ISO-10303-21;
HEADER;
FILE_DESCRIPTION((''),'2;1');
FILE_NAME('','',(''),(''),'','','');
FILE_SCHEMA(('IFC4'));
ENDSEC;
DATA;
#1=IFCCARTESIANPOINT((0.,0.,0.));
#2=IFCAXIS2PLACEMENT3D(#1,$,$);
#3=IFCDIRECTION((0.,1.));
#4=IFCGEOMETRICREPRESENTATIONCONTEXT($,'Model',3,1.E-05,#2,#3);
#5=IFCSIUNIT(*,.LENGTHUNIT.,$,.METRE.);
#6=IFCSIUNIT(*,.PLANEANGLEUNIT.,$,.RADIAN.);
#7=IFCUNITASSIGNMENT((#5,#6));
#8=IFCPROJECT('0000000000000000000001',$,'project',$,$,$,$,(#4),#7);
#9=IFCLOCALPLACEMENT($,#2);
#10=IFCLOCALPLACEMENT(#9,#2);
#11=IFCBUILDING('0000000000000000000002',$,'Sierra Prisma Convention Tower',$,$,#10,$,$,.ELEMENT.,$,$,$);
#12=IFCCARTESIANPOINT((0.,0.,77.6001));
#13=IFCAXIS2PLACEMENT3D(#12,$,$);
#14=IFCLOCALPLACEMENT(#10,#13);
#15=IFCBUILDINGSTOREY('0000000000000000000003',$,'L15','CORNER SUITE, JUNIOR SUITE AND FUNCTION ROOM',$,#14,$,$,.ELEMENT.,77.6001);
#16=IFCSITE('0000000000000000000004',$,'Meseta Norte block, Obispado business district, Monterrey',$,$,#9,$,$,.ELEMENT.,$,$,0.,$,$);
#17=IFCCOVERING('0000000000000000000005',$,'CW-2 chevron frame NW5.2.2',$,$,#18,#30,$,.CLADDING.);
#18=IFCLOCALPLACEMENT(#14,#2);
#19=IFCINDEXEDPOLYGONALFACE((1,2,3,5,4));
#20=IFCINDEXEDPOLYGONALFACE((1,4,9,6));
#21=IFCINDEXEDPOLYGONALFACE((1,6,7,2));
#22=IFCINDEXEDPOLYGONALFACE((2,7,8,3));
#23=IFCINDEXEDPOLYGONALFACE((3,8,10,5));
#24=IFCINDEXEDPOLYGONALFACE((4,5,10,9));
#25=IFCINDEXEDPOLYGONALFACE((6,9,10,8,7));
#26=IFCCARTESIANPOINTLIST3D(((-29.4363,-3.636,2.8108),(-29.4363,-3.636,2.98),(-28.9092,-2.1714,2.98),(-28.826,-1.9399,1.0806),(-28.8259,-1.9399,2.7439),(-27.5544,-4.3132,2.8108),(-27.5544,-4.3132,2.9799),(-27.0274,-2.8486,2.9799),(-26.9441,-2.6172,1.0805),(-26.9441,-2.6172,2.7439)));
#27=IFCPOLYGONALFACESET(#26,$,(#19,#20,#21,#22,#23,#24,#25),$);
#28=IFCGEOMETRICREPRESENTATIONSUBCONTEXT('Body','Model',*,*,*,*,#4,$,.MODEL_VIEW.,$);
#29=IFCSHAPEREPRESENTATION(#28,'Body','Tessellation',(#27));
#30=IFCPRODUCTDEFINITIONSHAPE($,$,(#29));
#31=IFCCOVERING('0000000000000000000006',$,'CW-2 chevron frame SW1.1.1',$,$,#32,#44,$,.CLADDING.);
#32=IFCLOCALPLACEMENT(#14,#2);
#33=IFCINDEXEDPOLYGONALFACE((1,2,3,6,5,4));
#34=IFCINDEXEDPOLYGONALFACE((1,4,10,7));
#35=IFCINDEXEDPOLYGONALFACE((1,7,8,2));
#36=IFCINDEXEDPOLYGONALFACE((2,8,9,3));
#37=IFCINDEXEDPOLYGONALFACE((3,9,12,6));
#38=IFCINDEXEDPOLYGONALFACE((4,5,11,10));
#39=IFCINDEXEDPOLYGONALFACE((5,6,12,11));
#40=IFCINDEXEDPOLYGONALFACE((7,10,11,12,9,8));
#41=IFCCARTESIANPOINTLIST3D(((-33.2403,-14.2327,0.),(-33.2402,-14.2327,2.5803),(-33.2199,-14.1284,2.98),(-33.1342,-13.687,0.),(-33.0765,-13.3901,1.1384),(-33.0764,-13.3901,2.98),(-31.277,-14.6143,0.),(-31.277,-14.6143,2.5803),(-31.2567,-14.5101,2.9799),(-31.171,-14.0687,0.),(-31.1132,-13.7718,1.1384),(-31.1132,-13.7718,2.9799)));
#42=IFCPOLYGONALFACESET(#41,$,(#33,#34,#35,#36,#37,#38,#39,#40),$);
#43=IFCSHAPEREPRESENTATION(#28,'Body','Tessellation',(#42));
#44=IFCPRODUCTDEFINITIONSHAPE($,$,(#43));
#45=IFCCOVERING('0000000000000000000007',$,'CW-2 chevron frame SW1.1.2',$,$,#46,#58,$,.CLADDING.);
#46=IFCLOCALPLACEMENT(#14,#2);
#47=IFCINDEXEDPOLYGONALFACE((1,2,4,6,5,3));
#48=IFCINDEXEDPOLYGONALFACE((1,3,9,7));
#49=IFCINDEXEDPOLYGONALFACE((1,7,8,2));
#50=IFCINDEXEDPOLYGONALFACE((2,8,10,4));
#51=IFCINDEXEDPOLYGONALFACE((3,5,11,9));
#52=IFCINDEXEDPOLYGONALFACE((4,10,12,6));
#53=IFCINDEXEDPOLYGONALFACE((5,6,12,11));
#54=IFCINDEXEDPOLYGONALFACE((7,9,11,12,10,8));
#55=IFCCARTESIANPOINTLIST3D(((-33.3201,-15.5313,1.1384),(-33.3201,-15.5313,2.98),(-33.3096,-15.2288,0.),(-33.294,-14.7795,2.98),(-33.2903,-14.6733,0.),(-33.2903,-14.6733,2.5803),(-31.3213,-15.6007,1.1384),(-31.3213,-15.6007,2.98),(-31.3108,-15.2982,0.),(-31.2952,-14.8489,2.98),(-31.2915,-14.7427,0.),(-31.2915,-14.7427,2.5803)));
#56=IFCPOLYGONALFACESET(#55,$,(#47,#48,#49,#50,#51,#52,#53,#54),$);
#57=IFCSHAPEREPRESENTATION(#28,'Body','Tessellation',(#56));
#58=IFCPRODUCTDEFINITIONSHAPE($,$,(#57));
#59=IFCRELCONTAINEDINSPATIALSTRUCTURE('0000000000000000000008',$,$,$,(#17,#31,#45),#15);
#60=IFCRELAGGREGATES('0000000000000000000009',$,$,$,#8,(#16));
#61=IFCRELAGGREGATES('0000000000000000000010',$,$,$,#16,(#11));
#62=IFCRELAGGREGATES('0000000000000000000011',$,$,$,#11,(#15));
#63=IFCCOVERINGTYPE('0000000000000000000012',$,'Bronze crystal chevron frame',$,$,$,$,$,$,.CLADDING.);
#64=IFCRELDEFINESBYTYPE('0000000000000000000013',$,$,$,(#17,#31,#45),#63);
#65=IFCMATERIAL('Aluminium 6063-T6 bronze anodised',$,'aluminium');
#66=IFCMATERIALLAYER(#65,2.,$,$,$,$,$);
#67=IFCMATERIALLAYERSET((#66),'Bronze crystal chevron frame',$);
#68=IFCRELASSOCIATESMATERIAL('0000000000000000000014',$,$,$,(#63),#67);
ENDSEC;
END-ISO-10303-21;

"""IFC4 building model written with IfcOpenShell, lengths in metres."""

from ifc_helpers import new_model, si_unit, direction, frame, origin, place, context, subcontext, project, spatial, polyline, outline, extrude, material, layer, layer_set, type_object, element, save


model = new_model("IFC4")

# Units and contexts
model_context = context("Model", 3, precision=1e-05, world=origin(), true_north=direction((0.0, 1.0)))
body_context = subcontext(model_context, "Body", "Model", "MODEL_VIEW")
ifc_project = project(units=[si_unit("LENGTHUNIT", "METRE"), si_unit("PLANEANGLEUNIT", "RADIAN")], contexts=[model_context])

# Site, building, storey
site_placement = place(None, origin())
site = spatial("IfcSite", under=ifc_project, at=site_placement, Name="Meseta Norte block, Obispado business district, Monterrey", CompositionType="ELEMENT", RefElevation=0.0)
building_placement = place(site_placement, origin())
building = spatial("IfcBuilding", under=site, at=building_placement, Name="Sierra Prisma Convention Tower", CompositionType="ELEMENT")
storey_placement = place(building_placement, frame((0.0, 0.0, 77.6001)))
storey = spatial("IfcBuildingStorey", under=building, at=storey_placement, Name="L15", Description="CORNER SUITE, JUNIOR SUITE AND FUNCTION ROOM", CompositionType="ELEMENT", Elevation=77.6001)

# Coverings
ifc_material_1 = material(Name="Aluminium 6063-T6 bronze anodised", Category="aluminium")
ifc_layer_1 = layer(ifc_material_1, 2.0)
ifc_layer_set_1 = layer_set([ifc_layer_1], Name="Bronze crystal chevron frame")
covering_type = type_object("IfcCoveringType", Name="Bronze crystal chevron frame", PredefinedType="CLADDING", material=ifc_layer_set_1)
covering_1_placement = place(storey_placement, frame((-29.4363, -3.636, 2.98), z_axis=(-0.940926, 0.338611, 0.000017), x_axis=(0.338611, 0.940926, 0.0)))
element("IfcCovering", 1, at=covering_1_placement, inside=storey, type_object=covering_type, Name="CW-2 chevron frame NW5.2.2", PredefinedType="CLADDING", context=body_context, shape_type="SweptSolid", body=[
    extrude(outline(polyline([(0.0, 0.0), (1.5566, 0.0), (1.8025, 0.2361), (1.8025, 1.8994), (0.0, 0.1692), (0.0, 0.0)])), origin(), (0.0, 0.0, -1.0), 2.0),
])
covering_2_placement = place(storey_placement, frame((-33.0764, -13.3901, 2.98), z_axis=(-0.981623, 0.190831, 0.000024), x_axis=(-0.000023, 0.000004, -1.0)))
element("IfcCovering", 2, at=covering_2_placement, inside=storey, type_object=covering_type, Name="CW-2 chevron frame SW1.1.1", PredefinedType="CLADDING", context=body_context, shape_type="SweptSolid", body=[
    extrude(outline(polyline([(0.0, 0.0), (1.8416, 0.0), (2.98, 0.3025), (2.98, 0.8583), (0.3997, 0.8583), (0.0, 0.7521), (0.0, 0.0)])), origin(), (0.0, 0.0, -1.0), 2.0),
])
covering_3_placement = place(storey_placement, frame((-33.2903, -14.6733, 0.0), z_axis=(-0.999398, 0.0347, 0.000005), x_axis=(-0.0347, -0.999398, 0.0)))
element("IfcCovering", 3, at=covering_3_placement, inside=storey, type_object=covering_type, Name="CW-2 chevron frame SW1.1.2", PredefinedType="CLADDING", context=body_context, shape_type="SweptSolid", body=[
    extrude(outline(polyline([(0.0, 0.0), (0.5558, 0.0), (0.8584, 1.1384), (0.8584, 2.98), (0.1063, 2.98), (0.0, 2.5803), (0.0, 0.0)])), origin(), (0.0, 0.0, -1.0), 2.0),
])

save(model, "model.ifc")
